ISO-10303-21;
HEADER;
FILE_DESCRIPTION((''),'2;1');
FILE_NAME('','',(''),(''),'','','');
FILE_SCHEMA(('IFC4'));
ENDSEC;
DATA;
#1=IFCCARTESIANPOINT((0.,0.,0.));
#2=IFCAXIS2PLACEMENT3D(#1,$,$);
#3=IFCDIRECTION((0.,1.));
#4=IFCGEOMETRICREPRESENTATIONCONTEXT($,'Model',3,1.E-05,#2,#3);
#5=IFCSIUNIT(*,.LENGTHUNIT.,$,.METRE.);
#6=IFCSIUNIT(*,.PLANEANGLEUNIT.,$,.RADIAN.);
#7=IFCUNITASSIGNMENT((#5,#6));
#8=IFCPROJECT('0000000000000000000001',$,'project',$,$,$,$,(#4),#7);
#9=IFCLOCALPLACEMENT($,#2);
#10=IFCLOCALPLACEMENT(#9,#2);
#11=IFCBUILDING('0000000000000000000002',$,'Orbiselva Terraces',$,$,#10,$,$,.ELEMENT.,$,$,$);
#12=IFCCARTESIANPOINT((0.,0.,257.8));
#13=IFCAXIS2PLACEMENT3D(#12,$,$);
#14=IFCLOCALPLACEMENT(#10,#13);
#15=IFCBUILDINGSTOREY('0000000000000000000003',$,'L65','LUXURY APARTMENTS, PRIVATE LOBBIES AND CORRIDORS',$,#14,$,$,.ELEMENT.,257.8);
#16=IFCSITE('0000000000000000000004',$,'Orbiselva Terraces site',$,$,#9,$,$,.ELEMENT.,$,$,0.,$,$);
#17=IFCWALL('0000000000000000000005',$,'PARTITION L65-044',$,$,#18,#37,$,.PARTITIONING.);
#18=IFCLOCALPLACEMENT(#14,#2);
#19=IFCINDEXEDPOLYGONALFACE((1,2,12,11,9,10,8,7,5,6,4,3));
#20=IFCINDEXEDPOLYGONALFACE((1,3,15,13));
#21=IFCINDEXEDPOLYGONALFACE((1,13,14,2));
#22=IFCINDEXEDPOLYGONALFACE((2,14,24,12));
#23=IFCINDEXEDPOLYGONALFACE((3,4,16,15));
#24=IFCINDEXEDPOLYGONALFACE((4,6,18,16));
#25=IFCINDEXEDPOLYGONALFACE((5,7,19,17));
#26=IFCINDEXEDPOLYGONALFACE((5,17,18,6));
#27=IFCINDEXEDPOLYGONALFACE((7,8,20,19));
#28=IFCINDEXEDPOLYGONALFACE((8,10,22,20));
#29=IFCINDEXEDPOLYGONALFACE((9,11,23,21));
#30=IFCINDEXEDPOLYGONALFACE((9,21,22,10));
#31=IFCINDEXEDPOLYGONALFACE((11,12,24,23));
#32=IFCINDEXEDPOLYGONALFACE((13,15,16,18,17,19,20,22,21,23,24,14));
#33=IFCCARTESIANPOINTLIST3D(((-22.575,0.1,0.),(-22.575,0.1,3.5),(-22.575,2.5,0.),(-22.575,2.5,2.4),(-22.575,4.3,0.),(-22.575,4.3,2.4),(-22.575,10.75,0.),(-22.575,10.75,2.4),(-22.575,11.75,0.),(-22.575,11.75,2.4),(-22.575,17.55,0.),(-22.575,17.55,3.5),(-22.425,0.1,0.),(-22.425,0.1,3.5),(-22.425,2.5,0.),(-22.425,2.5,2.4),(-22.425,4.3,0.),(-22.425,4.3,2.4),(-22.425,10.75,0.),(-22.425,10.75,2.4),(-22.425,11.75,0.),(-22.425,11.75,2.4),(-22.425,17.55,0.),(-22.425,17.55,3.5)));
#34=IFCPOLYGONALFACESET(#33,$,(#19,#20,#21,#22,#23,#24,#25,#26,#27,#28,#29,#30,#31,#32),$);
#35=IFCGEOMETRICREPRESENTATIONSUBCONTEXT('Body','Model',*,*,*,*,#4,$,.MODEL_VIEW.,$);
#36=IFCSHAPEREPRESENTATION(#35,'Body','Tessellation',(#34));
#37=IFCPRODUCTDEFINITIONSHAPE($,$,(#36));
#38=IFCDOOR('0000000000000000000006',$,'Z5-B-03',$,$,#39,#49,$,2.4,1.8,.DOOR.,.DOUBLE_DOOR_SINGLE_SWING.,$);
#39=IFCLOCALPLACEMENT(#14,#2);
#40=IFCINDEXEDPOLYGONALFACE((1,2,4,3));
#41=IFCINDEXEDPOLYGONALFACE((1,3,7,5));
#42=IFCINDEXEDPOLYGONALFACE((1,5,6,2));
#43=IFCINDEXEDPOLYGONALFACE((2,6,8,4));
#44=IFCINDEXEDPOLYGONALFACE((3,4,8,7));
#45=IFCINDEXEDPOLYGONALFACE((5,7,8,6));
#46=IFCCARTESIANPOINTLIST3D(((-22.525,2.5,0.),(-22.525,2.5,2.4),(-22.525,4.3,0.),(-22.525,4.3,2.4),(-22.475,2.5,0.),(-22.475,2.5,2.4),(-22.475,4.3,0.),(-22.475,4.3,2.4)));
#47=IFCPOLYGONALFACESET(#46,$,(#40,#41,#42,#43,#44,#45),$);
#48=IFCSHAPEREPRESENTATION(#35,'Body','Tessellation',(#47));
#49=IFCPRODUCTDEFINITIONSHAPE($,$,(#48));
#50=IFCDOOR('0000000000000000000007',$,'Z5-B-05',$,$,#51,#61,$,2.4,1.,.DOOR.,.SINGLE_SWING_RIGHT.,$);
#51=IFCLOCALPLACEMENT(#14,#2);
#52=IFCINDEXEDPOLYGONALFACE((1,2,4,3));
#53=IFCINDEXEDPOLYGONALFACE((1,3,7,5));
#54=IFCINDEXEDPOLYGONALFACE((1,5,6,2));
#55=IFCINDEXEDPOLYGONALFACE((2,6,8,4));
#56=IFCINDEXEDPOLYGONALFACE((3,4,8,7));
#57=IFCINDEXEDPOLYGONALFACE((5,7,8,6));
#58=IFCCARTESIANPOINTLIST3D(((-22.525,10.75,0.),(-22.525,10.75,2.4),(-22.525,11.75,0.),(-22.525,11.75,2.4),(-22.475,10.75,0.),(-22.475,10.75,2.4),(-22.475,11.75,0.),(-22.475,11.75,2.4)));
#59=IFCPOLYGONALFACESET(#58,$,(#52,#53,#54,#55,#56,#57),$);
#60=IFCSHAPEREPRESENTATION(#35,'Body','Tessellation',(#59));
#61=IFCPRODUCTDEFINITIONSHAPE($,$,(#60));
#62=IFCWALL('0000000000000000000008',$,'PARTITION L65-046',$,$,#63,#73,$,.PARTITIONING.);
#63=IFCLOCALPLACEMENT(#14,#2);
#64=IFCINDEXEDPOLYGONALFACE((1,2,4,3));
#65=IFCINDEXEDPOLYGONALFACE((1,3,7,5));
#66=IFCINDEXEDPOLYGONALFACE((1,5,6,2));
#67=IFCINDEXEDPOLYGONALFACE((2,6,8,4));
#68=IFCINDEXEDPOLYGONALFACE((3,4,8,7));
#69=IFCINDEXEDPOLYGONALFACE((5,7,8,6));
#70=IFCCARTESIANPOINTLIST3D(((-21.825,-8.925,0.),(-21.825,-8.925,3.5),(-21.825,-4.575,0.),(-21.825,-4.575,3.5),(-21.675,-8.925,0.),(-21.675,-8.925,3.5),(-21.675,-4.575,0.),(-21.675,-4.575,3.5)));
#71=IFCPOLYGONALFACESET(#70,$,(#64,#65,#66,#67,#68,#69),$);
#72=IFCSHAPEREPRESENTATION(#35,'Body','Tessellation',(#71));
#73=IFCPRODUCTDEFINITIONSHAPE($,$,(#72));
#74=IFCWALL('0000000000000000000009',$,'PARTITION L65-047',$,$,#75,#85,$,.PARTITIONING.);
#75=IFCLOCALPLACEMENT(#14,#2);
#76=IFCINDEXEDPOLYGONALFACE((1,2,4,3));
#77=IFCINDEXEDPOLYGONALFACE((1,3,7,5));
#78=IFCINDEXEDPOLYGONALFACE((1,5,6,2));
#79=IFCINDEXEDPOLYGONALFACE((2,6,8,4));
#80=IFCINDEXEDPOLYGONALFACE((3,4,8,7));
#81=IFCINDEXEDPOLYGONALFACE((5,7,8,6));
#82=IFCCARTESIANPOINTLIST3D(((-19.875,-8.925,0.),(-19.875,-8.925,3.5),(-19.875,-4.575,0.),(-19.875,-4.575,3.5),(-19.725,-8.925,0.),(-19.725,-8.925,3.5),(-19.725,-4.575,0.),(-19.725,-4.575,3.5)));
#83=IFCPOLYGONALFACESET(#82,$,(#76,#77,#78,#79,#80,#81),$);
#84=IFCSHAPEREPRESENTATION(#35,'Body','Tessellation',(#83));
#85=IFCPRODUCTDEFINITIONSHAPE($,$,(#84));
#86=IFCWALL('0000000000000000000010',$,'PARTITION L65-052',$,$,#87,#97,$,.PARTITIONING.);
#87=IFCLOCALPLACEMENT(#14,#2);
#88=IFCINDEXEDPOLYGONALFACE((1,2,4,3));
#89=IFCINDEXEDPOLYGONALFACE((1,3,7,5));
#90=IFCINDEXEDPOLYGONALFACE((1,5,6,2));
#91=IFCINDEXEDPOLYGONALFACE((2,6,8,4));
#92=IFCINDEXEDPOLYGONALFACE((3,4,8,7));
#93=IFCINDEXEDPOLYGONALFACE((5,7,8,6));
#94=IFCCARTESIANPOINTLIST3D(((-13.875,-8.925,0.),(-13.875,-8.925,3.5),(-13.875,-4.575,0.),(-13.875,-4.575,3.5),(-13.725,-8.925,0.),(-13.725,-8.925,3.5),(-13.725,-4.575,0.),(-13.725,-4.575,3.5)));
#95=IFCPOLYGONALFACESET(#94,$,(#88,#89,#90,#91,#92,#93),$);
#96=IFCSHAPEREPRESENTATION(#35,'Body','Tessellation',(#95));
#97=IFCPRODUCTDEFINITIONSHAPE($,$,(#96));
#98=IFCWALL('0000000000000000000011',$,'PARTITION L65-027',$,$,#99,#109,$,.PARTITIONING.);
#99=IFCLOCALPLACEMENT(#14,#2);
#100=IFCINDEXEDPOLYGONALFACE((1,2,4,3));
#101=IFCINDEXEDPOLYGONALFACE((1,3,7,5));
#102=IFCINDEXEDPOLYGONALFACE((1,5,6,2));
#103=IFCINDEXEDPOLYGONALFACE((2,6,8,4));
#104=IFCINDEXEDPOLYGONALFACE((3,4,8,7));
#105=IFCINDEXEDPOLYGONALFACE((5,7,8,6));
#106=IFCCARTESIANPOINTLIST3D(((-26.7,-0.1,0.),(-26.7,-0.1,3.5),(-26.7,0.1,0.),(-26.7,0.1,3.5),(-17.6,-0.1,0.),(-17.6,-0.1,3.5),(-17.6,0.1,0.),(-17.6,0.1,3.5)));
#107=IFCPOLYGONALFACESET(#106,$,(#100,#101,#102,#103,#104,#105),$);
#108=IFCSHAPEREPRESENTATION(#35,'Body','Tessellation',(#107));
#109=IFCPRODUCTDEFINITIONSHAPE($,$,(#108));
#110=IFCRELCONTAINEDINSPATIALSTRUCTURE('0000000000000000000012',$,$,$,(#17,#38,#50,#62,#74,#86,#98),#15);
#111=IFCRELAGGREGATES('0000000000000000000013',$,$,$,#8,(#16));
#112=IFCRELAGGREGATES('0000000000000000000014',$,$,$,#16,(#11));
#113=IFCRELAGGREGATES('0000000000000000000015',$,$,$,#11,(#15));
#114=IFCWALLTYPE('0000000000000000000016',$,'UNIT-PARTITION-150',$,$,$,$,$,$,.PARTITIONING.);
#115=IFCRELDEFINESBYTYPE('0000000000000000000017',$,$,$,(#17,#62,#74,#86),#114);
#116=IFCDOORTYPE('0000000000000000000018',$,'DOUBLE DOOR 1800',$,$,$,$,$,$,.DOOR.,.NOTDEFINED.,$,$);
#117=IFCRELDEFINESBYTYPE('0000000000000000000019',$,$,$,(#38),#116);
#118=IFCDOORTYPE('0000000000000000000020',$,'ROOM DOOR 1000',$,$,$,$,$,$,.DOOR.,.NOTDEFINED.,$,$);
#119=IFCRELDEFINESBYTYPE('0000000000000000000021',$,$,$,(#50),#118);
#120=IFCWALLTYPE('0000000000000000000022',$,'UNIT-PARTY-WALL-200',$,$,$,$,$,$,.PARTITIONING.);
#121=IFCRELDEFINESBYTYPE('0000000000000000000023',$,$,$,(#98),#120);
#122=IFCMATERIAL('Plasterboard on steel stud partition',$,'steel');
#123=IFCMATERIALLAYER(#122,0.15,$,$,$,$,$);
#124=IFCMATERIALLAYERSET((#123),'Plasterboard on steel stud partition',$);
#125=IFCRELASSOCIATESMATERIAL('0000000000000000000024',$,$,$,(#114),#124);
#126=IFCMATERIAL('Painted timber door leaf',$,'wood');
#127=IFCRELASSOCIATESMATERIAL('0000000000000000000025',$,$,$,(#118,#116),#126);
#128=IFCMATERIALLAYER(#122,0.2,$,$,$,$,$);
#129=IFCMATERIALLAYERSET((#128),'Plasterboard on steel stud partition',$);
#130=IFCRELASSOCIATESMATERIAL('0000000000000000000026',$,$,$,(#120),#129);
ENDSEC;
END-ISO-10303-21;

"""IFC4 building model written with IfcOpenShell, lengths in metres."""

from ifc_helpers import new_model, si_unit, direction, frame, frame_2d, origin, place, context, subcontext, project, spatial, rectangle, extrude, material, layer, layer_set, type_object, element, fill, save


model = new_model("IFC4")

# Units and contexts
model_context = context("Model", 3, precision=1e-05, world=origin(), true_north=direction((0.0, 1.0)))
body_context = subcontext(model_context, "Body", "Model", "MODEL_VIEW")
ifc_project = project(units=[si_unit("LENGTHUNIT", "METRE"), si_unit("PLANEANGLEUNIT", "RADIAN")], contexts=[model_context])

# Site, building, storey
site_placement = place(None, origin())
site = spatial("IfcSite", under=ifc_project, at=site_placement, Name="Orbiselva Terraces site", CompositionType="ELEMENT", RefElevation=0.0)
building_placement = place(site_placement, origin())
building = spatial("IfcBuilding", under=site, at=building_placement, Name="Orbiselva Terraces", CompositionType="ELEMENT")
storey_placement = place(building_placement, frame((0.0, 0.0, 257.8)))
storey = spatial("IfcBuildingStorey", under=building, at=storey_placement, Name="L65", Description="LUXURY APARTMENTS, PRIVATE LOBBIES AND CORRIDORS", CompositionType="ELEMENT", Elevation=257.8)

# Shared definitions
ifc_material_1 = material(Name="Plasterboard on steel stud partition", Category="steel")

# Shared definitions
ifc_layer_1 = layer(ifc_material_1, 0.15)
ifc_layer_set_1 = layer_set([ifc_layer_1], Name="Plasterboard on steel stud partition")
wall_type_1 = type_object("IfcWallType", Name="UNIT-PARTITION-150", PredefinedType="PARTITIONING", material=ifc_layer_set_1)
ifc_material_2 = material(Name="Painted timber door leaf", Category="wood")
door_type_1 = type_object("IfcDoorType", Name="ROOM DOOR 1000", OperationType="NOTDEFINED", PredefinedType="DOOR", material=ifc_material_2)

# Wall, openings, doors
wall_1_placement = place(storey_placement, frame((-22.5, 0.1, 0.0), z_axis=(0.0, 0.0, 1.0), x_axis=(0.0, 1.0, 0.0)))
wall_1 = element("IfcWall", 1, at=wall_1_placement, inside=storey, type_object=wall_type_1, Name="PARTITION L65-044", PredefinedType="PARTITIONING", context=body_context, shape_type="SweptSolid", body=[
    extrude(rectangle(XDim=17.45, YDim=0.15, at=frame_2d((8.725, 0.0))), origin(), (0.0, 0.0, 1.0), 3.5),
])
opening_1_placement = place(wall_1_placement, frame((2.4, 0.0, 0.0)))
opening_1 = element("IfcOpeningElement", 2, at=opening_1_placement, cuts=wall_1, PredefinedType="OPENING", context=body_context, shape_type="SweptSolid", body=[
    extrude(rectangle(XDim=1.8, YDim=2.4, at=frame_2d((0.9, 1.2))), frame((0.0, 0.085, 0.0), z_axis=(0.0, -1.0, 0.0), x_axis=(1.0, 0.0, 0.0)), (0.0, 0.0, 1.0), 0.17),
])
opening_2_placement = place(wall_1_placement, frame((10.65, 0.0, 0.0)))
opening_2 = element("IfcOpeningElement", 3, at=opening_2_placement, cuts=wall_1, PredefinedType="OPENING", context=body_context, shape_type="SweptSolid", body=[
    extrude(rectangle(XDim=1.0, YDim=2.4, at=frame_2d((0.5, 1.2))), frame((0.0, 0.085, 0.0), z_axis=(0.0, -1.0, 0.0), x_axis=(1.0, 0.0, 0.0)), (0.0, 0.0, 1.0), 0.17),
])
door_type_2 = type_object("IfcDoorType", Name="DOUBLE DOOR 1800", OperationType="NOTDEFINED", PredefinedType="DOOR", material=ifc_material_2)
door_1_placement = place(opening_1_placement, origin())
door_1 = element("IfcDoor", 4, at=door_1_placement, inside=storey, type_object=door_type_2, Name="Z5-B-03", OperationType="DOUBLE_DOOR_SINGLE_SWING", OverallHeight=2.4, OverallWidth=1.8, PredefinedType="DOOR", context=body_context, shape_type="SweptSolid", body=[
    extrude(rectangle(XDim=1.8, YDim=2.4, at=frame_2d((0.9, 1.2))), frame((0.0, 0.025, 0.0), z_axis=(0.0, -1.0, 0.0), x_axis=(1.0, 0.0, 0.0)), (0.0, 0.0, 1.0), 0.05),
])
fill(opening_1, door_1)
door_2_placement = place(opening_2_placement, origin())
door_2 = element("IfcDoor", 5, at=door_2_placement, inside=storey, type_object=door_type_1, Name="Z5-B-05", OperationType="SINGLE_SWING_RIGHT", OverallHeight=2.4, OverallWidth=1.0, PredefinedType="DOOR", context=body_context, shape_type="SweptSolid", body=[
    extrude(rectangle(XDim=1.0, YDim=2.4, at=frame_2d((0.5, 1.2))), frame((0.0, 0.025, 0.0), z_axis=(0.0, -1.0, 0.0), x_axis=(1.0, 0.0, 0.0)), (0.0, 0.0, 1.0), 0.05),
])
fill(opening_2, door_2)

# Walls
for number, where, z_axis, x_axis, name in (
    (6, (-21.75, -8.925, 0.0), (0.0, 0.0, 1.0), (0.0, 1.0, 0.0), "PARTITION L65-046"),
    (7, (-19.8, -8.925, 0.0), (0.0, 0.0, 1.0), (0.0, 1.0, 0.0), "PARTITION L65-047"),
    (8, (-13.8, -8.925, 0.0), (0.0, 0.0, 1.0), (0.0, 1.0, 0.0), "PARTITION L65-052"),
):
    element("IfcWall", number, at=place(storey_placement, frame(where, z_axis=z_axis, x_axis=x_axis)), inside=storey, type_object=wall_type_1, Name=name, PredefinedType="PARTITIONING", context=body_context, shape_type="SweptSolid", body=[
        extrude(rectangle(XDim=4.35, YDim=0.15, at=frame_2d((2.175, 0.0))), origin(), (0.0, 0.0, 1.0), 3.5),
    ])
ifc_layer_2 = layer(ifc_material_1, 0.2)
ifc_layer_set_2 = layer_set([ifc_layer_2], Name="Plasterboard on steel stud partition")
wall_type_2 = type_object("IfcWallType", Name="UNIT-PARTY-WALL-200", PredefinedType="PARTITIONING", material=ifc_layer_set_2)
wall_2_placement = place(storey_placement, frame((-26.7, 0.0, 0.0), z_axis=(0.0, 0.0, 1.0), x_axis=(1.0, 0.0, 0.0)))
element("IfcWall", 9, at=wall_2_placement, inside=storey, type_object=wall_type_2, Name="PARTITION L65-027", PredefinedType="PARTITIONING", context=body_context, shape_type="SweptSolid", body=[
    extrude(rectangle(XDim=9.1, YDim=0.2, at=frame_2d((4.55, 0.0))), origin(), (0.0, 0.0, 1.0), 3.5),
])

save(model, "model.ifc")
